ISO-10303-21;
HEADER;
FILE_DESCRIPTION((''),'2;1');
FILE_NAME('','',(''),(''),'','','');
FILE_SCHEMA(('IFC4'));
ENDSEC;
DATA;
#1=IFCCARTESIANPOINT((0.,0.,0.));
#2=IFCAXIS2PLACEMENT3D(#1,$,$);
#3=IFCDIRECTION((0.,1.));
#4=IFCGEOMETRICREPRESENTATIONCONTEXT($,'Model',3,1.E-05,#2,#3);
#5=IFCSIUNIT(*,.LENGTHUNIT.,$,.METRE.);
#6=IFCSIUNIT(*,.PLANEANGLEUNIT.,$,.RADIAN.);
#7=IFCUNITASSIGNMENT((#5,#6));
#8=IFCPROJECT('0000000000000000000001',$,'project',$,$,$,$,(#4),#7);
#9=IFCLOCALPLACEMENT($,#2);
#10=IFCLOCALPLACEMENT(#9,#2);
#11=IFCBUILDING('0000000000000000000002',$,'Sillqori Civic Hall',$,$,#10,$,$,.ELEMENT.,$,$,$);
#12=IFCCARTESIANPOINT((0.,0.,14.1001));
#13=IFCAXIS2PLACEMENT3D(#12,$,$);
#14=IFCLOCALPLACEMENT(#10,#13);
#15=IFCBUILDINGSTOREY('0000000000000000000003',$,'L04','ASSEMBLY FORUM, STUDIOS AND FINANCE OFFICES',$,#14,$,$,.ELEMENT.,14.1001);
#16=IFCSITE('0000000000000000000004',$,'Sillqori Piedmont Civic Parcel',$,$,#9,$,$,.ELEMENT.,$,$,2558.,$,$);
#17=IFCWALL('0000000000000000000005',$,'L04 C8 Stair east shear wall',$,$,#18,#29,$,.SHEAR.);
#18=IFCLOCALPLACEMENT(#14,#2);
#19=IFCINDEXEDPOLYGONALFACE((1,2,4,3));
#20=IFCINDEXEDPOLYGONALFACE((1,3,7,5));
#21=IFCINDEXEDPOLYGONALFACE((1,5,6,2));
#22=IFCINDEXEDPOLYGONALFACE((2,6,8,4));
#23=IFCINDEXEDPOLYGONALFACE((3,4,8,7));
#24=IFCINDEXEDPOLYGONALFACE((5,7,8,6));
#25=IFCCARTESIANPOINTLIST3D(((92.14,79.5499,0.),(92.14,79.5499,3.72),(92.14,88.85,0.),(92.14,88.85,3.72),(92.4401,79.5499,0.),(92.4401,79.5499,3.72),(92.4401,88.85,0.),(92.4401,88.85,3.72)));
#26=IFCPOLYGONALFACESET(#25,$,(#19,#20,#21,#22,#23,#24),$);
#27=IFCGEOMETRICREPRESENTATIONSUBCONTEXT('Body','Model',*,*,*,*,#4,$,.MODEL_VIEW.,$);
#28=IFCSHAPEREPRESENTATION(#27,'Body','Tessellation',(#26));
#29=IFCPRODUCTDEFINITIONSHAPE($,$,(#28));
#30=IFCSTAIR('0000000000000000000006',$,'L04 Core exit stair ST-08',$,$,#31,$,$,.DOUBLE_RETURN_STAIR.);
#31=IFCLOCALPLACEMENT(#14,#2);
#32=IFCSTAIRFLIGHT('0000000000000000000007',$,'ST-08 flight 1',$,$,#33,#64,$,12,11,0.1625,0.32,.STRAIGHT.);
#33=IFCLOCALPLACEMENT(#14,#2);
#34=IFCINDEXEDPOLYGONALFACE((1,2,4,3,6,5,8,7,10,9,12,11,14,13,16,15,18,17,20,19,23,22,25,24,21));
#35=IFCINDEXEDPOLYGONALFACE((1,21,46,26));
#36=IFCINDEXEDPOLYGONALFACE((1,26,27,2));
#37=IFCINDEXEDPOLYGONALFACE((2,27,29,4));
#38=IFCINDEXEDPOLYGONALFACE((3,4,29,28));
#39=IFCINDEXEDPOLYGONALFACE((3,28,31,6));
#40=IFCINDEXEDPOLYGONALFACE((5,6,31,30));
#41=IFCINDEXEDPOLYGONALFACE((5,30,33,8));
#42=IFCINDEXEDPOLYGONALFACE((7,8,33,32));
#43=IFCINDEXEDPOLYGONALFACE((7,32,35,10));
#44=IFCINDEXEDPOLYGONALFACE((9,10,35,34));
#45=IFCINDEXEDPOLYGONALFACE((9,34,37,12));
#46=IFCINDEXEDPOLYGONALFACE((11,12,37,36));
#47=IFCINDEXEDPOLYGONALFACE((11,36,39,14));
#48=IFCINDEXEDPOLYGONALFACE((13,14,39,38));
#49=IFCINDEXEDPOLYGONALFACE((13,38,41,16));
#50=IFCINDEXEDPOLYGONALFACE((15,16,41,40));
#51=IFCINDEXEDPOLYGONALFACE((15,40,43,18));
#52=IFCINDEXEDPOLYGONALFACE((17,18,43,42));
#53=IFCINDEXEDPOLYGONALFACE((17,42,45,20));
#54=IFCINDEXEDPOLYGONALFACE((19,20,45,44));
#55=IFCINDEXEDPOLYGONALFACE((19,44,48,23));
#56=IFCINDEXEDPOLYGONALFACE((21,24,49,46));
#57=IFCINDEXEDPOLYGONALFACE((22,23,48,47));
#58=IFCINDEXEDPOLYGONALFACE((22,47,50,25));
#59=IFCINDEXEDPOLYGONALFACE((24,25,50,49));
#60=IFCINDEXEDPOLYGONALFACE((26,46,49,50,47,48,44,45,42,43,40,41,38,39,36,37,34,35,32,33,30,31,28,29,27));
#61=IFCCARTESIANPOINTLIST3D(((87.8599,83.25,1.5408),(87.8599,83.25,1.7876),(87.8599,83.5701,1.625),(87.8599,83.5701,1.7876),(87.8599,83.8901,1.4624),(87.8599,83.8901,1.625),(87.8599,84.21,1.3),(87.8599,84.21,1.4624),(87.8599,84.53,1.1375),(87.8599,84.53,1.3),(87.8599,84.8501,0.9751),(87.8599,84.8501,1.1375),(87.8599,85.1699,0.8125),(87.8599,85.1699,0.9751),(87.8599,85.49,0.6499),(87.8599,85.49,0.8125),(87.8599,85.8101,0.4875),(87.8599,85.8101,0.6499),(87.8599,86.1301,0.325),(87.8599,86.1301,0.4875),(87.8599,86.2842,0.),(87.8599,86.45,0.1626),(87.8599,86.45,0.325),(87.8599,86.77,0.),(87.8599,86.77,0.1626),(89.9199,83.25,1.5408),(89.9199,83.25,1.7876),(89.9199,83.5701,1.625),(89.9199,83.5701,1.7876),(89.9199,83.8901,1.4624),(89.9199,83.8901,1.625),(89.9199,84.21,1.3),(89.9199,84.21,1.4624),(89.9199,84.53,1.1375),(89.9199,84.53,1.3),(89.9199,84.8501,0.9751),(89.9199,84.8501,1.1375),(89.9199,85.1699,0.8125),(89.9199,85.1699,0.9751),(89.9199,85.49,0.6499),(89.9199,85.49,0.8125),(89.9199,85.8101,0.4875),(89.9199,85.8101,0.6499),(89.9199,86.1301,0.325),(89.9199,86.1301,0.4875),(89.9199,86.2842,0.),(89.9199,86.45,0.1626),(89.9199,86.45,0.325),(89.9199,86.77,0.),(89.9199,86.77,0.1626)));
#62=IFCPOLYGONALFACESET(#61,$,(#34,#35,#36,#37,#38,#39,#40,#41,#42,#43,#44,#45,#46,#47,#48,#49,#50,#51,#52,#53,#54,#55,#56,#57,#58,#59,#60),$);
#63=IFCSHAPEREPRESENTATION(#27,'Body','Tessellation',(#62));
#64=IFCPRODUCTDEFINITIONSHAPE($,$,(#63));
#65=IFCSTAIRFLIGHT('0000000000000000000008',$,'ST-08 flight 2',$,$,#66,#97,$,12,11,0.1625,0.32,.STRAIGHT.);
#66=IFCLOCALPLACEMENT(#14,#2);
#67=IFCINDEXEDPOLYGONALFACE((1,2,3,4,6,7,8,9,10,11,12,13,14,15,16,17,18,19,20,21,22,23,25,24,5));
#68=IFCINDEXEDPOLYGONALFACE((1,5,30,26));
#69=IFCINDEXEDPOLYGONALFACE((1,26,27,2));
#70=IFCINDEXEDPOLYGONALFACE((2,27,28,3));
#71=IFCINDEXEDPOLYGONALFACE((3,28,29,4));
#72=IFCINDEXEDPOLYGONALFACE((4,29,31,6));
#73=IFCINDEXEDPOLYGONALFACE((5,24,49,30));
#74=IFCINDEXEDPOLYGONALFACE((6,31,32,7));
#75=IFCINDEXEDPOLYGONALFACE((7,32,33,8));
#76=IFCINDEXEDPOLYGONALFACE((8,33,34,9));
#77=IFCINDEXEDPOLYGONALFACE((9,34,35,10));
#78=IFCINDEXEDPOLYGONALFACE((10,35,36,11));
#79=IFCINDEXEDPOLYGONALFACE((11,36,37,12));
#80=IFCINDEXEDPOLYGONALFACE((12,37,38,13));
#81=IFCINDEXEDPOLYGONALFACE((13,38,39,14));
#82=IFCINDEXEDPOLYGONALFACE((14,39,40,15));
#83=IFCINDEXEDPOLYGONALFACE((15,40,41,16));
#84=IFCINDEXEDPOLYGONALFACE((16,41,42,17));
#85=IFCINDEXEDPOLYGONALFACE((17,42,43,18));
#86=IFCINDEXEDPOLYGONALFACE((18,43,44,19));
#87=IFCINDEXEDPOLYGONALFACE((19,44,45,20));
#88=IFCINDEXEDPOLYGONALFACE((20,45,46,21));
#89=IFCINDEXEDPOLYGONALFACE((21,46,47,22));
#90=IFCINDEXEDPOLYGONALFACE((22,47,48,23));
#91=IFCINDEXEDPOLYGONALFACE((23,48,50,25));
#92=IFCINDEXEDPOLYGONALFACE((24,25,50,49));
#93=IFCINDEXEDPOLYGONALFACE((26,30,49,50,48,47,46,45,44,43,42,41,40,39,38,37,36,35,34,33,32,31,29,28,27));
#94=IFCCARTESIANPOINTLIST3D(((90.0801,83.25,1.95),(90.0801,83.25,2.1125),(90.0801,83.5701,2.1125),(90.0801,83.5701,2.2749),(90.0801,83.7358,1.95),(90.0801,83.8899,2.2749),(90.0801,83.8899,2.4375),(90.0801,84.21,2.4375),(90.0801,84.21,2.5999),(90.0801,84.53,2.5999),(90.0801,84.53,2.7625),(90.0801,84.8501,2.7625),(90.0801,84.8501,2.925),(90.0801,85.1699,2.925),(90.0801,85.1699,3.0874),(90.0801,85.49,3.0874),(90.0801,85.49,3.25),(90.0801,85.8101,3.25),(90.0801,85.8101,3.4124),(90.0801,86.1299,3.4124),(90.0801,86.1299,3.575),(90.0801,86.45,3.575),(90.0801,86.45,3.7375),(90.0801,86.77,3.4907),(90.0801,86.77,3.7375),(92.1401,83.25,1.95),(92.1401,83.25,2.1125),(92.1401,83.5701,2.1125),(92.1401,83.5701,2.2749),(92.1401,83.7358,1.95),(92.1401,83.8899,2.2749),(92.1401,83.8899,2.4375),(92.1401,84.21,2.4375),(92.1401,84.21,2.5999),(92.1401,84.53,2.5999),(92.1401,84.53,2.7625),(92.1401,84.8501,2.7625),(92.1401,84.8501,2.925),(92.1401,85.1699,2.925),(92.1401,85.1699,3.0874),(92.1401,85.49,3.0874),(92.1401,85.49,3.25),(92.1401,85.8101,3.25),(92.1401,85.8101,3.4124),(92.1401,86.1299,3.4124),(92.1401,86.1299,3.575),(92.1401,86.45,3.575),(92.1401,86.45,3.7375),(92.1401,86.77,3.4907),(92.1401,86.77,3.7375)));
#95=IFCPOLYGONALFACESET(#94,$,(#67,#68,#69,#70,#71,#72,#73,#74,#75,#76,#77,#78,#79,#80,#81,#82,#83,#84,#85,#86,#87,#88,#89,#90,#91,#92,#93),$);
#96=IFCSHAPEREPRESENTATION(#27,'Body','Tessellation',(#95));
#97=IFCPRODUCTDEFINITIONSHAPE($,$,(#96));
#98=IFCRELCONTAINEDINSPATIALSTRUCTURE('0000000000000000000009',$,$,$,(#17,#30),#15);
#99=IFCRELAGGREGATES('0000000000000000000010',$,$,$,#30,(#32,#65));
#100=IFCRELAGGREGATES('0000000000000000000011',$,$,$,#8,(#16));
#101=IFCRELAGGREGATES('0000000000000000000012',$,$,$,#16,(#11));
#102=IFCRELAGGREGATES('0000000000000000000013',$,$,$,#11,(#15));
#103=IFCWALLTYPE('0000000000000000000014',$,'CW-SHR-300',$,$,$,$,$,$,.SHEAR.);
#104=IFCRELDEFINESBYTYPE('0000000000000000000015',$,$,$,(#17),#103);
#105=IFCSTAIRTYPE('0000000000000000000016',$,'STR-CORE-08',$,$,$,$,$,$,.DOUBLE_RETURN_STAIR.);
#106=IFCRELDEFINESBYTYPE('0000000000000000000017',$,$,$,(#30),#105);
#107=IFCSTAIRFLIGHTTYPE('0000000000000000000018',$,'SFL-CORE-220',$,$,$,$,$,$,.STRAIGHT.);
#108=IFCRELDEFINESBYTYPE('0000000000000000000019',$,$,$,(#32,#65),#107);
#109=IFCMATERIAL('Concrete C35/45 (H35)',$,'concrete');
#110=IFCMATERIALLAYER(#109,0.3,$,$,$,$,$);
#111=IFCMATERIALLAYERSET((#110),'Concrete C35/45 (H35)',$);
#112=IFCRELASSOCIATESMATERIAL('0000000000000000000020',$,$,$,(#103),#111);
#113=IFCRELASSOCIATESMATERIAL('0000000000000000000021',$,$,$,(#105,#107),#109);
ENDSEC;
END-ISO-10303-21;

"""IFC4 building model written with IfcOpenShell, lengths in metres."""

from ifc_helpers import new_model, si_unit, direction, frame, frame_2d, origin, place, context, subcontext, project, spatial, polyline, rectangle, outline, extrude, material, layer, layer_set, type_object, element, aggregate, save


model = new_model("IFC4")

# Units and contexts
model_context = context("Model", 3, precision=1e-05, world=origin(), true_north=direction((0.0, 1.0)))
body_context = subcontext(model_context, "Body", "Model", "MODEL_VIEW")
ifc_project = project(units=[si_unit("LENGTHUNIT", "METRE"), si_unit("PLANEANGLEUNIT", "RADIAN")], contexts=[model_context])

# Site, building, storey
site_placement = place(None, origin())
site = spatial("IfcSite", under=ifc_project, at=site_placement, Name="Sillqori Piedmont Civic Parcel", CompositionType="ELEMENT", RefElevation=2558.0)
building_placement = place(site_placement, origin())
building = spatial("IfcBuilding", under=site, at=building_placement, Name="Sillqori Civic Hall", CompositionType="ELEMENT")
storey_placement = place(building_placement, frame((0.0, 0.0, 14.1001)))
storey = spatial("IfcBuildingStorey", under=building, at=storey_placement, Name="L04", Description="ASSEMBLY FORUM, STUDIOS AND FINANCE OFFICES", CompositionType="ELEMENT", Elevation=14.1001)

# Shared definitions
ifc_material_1 = material(Name="Concrete C35/45 (H35)", Category="concrete")

# Wall
ifc_layer_1 = layer(ifc_material_1, 0.3)
ifc_layer_set_1 = layer_set([ifc_layer_1], Name="Concrete C35/45 (H35)")
wall_type_1 = type_object("IfcWallType", Name="CW-SHR-300", PredefinedType="SHEAR", material=ifc_layer_set_1)
wall_1_placement = place(storey_placement, frame((92.29, 79.55, 0.0), z_axis=(0.0, 0.0, 1.0), x_axis=(0.0, 1.0, 0.0)))
element("IfcWall", 1, at=wall_1_placement, inside=storey, type_object=wall_type_1, Name="L04 C8 Stair east shear wall", PredefinedType="SHEAR", context=body_context, shape_type="SweptSolid", body=[
    extrude(rectangle(XDim=9.3, YDim=0.3, at=frame_2d((4.6499, 0.0))), origin(), (0.0, 0.0, 1.0), 3.72),
])

# Stair, stair flights
stair_type = type_object("IfcStairType", Name="STR-CORE-08", PredefinedType="DOUBLE_RETURN_STAIR", material=ifc_material_1)
stair_placement = place(storey_placement, origin())
stair = element("IfcStair", 2, at=stair_placement, inside=storey, type_object=stair_type, Name="L04 Core exit stair ST-08", PredefinedType="DOUBLE_RETURN_STAIR")
stair_flight_type = type_object("IfcStairFlightType", Name="SFL-CORE-220", PredefinedType="STRAIGHT", material=ifc_material_1)
stair_flight_1_placement = place(storey_placement, frame((88.8899, 86.77, 0.0), z_axis=(0.0, 0.0, 1.0), x_axis=(0.0, -1.0, 0.0)))
stair_flight_1 = element("IfcStairFlight", 3, at=stair_flight_1_placement, type_object=stair_flight_type, Name="ST-08 flight 1", NumberOfRisers=12, NumberOfTreads=11, PredefinedType="STRAIGHT", RiserHeight=0.1625, TreadLength=0.32, context=body_context, shape_type="SweptSolid", body=[
    extrude(outline(polyline([(0.0, 0.0), (0.0, 0.1626), (0.3201, 0.1626), (0.3201, 0.325), (0.6399, 0.325), (0.6399, 0.4875), (0.96, 0.4875), (0.96, 0.6499), (1.28, 0.6499), (1.28, 0.8125), (1.6001, 0.8125), (1.6001, 0.9751), (1.9199, 0.9751), (1.9199, 1.1375), (2.24, 1.1375), (2.24, 1.3), (2.5601, 1.3), (2.5601, 1.4624), (2.8799, 1.4624), (2.8799, 1.625), (3.2, 1.625), (3.2, 1.7876), (3.52, 1.7876), (3.52, 1.95), (3.52, 1.5408), (0.4858, 0.0), (0.0, 0.0)])), frame((0.0, 1.03, 0.0), z_axis=(0.0, -1.0, 0.0), x_axis=(1.0, 0.0, 0.0)), (0.0, 0.0, 1.0), 2.0601),
])
stair_flight_2_placement = place(storey_placement, frame((91.1101, 83.25, 1.95), z_axis=(0.0, 0.0, 1.0), x_axis=(0.0, 1.0, 0.0)))
stair_flight_2 = element("IfcStairFlight", 4, at=stair_flight_2_placement, type_object=stair_flight_type, Name="ST-08 flight 2", NumberOfRisers=12, NumberOfTreads=11, PredefinedType="STRAIGHT", RiserHeight=0.1625, TreadLength=0.32, context=body_context, shape_type="SweptSolid", body=[
    extrude(outline(polyline([(0.0, 0.0), (0.0, 0.1626), (0.3201, 0.1626), (0.3201, 0.325), (0.6399, 0.325), (0.6399, 0.4875), (0.96, 0.4875), (0.96, 0.6499), (1.28, 0.6499), (1.28, 0.8125), (1.6001, 0.8125), (1.6001, 0.9751), (1.9199, 0.9751), (1.9199, 1.1375), (2.24, 1.1375), (2.24, 1.3), (2.5601, 1.3), (2.5601, 1.4624), (2.8799, 1.4624), (2.8799, 1.625), (3.2, 1.625), (3.2, 1.7876), (3.52, 1.7876), (3.52, 1.95), (3.52, 1.5408), (0.4858, 0.0), (0.0, 0.0)])), frame((0.0, 1.03, 0.0), z_axis=(0.0, -1.0, 0.0), x_axis=(1.0, 0.0, 0.0)), (0.0, 0.0, 1.0), 2.0601),
])
aggregate(stair, [stair_flight_1, stair_flight_2])

save(model, "model.ifc")
